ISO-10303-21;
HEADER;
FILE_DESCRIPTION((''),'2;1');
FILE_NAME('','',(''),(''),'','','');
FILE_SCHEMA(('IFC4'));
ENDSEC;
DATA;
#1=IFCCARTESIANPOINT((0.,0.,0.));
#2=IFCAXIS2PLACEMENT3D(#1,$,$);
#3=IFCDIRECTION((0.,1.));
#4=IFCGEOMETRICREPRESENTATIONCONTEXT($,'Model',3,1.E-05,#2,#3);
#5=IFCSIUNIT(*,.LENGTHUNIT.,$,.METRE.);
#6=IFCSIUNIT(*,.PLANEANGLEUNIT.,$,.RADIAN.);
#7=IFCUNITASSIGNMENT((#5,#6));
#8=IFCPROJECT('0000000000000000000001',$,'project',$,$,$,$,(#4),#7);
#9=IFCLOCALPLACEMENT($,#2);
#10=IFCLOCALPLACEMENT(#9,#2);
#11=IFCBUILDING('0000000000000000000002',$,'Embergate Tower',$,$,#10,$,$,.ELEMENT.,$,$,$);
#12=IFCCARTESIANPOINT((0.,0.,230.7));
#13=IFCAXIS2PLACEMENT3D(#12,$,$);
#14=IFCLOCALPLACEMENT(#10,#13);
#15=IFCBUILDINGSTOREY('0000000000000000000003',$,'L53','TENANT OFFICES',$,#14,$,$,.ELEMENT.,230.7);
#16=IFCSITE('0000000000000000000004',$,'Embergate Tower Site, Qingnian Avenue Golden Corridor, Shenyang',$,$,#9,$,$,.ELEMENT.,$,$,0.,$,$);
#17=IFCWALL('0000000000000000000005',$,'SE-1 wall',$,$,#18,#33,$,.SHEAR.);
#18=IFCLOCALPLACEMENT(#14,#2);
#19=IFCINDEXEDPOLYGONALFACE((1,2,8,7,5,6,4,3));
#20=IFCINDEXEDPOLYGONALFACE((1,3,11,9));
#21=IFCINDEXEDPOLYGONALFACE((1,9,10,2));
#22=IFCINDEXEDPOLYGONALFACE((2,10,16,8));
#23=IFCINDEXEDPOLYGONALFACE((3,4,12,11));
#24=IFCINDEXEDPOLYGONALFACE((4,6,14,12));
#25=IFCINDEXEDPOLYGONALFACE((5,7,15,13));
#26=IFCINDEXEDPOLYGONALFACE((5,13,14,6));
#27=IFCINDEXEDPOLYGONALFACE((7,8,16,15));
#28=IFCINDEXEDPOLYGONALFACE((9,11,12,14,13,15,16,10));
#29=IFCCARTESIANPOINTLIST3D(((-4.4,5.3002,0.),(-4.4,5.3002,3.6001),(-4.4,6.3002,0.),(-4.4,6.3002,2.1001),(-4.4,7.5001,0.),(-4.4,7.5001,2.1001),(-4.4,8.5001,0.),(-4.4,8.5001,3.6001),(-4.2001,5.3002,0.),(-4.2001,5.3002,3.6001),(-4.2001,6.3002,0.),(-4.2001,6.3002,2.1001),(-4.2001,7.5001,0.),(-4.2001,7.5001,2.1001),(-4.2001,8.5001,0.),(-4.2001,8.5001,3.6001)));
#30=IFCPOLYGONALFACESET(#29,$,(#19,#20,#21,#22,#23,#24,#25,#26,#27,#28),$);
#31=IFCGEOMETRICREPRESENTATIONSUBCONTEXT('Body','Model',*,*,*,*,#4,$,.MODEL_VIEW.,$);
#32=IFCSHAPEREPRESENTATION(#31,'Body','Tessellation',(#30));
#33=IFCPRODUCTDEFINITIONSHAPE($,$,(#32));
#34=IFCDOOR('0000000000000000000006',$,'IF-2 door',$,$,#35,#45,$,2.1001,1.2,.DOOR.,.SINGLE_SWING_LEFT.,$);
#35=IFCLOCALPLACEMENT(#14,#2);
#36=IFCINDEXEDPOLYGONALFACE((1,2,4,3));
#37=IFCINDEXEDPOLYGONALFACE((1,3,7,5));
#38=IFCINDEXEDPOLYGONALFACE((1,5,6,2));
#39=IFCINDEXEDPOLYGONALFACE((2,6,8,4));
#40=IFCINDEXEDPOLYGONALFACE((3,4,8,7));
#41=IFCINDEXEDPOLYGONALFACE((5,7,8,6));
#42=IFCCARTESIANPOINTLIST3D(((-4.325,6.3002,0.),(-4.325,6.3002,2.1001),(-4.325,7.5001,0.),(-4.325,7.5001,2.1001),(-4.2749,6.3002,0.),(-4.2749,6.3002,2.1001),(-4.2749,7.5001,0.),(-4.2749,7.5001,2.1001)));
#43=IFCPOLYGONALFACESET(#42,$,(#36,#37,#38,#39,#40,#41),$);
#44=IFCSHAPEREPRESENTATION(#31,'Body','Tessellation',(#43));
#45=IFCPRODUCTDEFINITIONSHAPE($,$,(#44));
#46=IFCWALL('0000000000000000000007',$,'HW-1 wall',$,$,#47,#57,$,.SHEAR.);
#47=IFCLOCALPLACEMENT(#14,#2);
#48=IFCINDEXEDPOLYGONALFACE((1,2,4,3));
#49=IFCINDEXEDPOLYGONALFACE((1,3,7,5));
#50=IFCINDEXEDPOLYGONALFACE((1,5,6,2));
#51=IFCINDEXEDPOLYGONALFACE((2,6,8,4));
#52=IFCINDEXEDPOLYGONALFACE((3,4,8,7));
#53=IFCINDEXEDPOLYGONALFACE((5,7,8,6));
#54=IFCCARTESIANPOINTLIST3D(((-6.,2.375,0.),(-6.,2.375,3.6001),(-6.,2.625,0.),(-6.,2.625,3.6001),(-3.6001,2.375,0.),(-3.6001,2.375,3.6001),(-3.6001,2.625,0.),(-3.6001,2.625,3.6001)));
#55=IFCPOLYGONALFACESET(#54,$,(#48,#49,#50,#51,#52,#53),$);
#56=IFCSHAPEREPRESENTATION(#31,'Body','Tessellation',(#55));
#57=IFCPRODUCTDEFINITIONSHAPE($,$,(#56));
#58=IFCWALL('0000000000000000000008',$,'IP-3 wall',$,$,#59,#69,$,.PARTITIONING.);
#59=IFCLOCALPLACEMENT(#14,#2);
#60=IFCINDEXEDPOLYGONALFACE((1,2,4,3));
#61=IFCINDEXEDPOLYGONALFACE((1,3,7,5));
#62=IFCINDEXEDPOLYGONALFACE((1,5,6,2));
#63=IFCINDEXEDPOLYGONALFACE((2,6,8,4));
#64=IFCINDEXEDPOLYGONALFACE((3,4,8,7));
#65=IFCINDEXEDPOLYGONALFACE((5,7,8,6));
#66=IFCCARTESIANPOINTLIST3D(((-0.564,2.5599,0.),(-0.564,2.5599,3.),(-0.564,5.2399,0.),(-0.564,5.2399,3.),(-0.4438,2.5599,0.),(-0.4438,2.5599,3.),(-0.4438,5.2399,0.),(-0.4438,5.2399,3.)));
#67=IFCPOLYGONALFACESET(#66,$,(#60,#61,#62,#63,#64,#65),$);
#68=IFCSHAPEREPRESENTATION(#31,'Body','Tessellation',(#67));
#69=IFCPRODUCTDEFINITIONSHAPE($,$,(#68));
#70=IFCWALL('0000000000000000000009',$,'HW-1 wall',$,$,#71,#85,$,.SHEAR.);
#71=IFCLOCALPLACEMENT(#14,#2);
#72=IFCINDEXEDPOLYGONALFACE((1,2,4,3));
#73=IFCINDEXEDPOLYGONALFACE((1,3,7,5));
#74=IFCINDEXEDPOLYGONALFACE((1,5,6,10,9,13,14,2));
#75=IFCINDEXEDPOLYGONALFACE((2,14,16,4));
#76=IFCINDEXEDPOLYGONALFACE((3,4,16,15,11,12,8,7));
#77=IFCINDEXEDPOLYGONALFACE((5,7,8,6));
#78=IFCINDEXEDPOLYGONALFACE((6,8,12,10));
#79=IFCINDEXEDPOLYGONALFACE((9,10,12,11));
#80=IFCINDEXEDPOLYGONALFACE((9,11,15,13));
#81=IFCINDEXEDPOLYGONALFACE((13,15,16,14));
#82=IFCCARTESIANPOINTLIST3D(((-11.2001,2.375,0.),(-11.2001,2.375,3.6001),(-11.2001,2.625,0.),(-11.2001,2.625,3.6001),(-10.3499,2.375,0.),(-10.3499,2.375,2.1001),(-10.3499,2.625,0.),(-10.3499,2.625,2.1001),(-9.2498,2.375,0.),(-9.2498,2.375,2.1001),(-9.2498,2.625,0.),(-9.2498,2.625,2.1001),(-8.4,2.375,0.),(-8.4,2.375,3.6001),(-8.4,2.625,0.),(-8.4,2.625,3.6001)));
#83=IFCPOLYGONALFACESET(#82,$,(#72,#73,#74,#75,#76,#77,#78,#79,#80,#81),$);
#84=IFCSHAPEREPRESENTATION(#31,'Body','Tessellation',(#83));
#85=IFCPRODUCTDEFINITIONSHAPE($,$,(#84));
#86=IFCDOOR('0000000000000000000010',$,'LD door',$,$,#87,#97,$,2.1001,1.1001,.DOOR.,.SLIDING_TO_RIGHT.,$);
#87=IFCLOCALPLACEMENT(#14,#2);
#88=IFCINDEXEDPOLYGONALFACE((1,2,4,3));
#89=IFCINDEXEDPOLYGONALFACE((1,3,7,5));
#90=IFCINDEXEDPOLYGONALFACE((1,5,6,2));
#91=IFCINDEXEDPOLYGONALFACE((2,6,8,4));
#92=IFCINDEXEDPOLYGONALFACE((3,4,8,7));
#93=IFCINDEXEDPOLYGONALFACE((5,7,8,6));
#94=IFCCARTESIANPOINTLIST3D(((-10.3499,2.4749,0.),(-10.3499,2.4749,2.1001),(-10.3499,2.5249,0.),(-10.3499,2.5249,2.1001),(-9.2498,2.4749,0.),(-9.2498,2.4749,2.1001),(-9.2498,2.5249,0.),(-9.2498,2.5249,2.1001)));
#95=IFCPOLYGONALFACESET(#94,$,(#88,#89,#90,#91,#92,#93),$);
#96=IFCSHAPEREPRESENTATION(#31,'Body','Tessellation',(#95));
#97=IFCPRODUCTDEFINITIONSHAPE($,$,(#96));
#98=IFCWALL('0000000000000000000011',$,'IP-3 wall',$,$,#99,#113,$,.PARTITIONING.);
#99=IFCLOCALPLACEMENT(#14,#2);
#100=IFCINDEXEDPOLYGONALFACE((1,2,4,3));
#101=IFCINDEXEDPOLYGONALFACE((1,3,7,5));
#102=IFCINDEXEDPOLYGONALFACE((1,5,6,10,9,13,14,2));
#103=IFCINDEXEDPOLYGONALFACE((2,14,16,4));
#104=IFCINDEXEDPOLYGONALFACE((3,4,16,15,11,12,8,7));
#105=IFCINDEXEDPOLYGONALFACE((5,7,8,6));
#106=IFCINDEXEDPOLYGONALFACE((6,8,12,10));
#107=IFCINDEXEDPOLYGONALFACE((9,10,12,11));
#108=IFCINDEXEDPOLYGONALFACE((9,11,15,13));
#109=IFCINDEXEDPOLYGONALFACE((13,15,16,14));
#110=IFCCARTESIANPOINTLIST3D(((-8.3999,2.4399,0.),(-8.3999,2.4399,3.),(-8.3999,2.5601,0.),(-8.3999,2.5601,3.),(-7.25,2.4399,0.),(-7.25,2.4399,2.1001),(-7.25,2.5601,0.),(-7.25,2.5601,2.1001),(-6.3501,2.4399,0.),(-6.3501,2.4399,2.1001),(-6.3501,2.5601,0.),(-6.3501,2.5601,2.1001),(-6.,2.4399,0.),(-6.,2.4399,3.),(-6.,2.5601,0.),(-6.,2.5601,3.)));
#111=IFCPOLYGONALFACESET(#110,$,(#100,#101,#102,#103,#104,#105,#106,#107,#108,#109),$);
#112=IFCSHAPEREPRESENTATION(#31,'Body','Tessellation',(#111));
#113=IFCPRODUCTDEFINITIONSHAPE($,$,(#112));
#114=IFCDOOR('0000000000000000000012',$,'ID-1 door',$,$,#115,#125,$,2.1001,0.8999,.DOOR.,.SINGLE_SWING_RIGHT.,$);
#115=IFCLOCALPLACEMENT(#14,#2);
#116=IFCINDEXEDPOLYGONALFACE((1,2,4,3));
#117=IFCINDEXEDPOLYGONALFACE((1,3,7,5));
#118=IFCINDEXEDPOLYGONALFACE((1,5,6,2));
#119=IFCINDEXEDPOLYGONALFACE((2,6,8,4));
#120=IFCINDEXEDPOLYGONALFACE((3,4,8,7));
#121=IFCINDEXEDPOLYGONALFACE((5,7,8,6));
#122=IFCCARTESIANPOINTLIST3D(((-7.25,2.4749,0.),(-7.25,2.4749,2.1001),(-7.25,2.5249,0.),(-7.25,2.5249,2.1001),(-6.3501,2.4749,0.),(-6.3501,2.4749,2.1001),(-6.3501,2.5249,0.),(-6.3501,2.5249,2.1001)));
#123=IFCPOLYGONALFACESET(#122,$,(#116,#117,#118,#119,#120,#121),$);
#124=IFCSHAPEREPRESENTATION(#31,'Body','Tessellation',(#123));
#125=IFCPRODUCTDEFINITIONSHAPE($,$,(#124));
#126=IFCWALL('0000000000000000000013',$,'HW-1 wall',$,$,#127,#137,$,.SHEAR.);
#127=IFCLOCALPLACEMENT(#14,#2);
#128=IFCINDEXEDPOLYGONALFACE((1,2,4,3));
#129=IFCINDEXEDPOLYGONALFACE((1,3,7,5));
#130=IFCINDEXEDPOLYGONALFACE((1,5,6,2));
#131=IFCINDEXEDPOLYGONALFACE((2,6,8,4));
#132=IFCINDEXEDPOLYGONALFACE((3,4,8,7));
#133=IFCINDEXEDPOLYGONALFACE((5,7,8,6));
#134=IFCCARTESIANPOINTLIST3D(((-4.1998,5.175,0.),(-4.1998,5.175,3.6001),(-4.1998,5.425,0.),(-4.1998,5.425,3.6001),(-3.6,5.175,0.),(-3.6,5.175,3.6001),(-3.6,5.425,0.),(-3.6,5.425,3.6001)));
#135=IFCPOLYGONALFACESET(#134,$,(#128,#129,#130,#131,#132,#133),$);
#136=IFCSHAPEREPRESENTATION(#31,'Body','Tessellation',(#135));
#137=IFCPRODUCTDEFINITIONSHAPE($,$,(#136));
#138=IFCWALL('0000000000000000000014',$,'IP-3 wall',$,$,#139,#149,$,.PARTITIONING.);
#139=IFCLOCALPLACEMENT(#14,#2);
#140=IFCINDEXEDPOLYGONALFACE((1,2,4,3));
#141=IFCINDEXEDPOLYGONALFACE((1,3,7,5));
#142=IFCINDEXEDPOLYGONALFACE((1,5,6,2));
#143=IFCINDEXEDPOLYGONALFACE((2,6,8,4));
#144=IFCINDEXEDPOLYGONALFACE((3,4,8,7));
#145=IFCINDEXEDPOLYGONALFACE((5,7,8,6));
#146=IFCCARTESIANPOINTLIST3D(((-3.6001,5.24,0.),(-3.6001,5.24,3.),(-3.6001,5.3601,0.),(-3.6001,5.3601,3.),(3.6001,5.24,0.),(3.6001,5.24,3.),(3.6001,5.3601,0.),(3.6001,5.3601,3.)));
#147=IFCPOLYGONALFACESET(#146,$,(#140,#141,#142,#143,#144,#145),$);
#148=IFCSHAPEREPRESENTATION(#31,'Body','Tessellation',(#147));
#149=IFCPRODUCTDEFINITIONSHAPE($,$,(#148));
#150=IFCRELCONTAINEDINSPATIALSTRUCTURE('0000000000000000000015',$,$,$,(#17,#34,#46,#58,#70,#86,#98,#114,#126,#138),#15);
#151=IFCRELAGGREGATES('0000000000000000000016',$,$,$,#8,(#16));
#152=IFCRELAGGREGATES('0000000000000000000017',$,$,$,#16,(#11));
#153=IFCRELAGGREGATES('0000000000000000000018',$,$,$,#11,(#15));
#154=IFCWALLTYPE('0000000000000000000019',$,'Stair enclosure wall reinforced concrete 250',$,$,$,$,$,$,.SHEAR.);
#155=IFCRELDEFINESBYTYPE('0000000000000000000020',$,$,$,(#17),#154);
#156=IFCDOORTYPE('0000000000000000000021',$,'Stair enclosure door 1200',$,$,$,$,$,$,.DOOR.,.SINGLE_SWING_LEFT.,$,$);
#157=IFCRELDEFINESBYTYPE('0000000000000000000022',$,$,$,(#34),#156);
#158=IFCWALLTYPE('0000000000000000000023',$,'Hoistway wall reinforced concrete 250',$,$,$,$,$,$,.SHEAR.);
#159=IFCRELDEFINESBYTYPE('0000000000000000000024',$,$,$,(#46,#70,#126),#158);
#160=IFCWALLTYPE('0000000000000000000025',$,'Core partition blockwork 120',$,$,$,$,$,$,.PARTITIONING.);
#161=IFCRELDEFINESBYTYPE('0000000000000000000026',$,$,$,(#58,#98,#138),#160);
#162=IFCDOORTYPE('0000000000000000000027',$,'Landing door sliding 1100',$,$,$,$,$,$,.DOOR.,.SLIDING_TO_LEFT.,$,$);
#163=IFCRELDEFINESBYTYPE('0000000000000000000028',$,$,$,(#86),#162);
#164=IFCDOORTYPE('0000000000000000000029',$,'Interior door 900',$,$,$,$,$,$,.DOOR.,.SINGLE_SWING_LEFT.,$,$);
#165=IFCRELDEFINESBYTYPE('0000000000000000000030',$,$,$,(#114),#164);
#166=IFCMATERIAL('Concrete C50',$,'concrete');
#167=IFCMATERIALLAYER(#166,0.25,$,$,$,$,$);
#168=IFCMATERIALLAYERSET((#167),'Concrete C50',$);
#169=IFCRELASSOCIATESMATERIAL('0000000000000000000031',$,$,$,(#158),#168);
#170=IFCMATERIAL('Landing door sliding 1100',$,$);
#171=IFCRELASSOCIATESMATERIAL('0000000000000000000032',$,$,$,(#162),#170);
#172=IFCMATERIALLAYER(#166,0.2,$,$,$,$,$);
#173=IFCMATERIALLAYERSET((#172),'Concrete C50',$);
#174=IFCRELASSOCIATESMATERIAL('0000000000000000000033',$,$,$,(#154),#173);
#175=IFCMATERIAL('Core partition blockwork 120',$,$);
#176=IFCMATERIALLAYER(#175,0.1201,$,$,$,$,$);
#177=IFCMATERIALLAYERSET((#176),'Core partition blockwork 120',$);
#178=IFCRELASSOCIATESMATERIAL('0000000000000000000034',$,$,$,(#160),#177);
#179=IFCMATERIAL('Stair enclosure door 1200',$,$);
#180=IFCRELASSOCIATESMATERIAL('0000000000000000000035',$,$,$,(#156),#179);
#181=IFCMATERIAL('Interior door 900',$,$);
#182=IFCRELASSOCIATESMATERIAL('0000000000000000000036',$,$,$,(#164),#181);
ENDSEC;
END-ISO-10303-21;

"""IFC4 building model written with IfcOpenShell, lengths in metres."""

from ifc_helpers import new_model, si_unit, direction, frame, frame_2d, origin, place, context, subcontext, project, spatial, rectangle, extrude, source, transform, mapped, material, layer, layer_set, type_object, element, fill, save


model = new_model("IFC4")

# Units and contexts
model_context = context("Model", 3, precision=1e-05, world=origin(), true_north=direction((0.0, 1.0)))
body_context = subcontext(model_context, "Body", "Model", "MODEL_VIEW")
ifc_project = project(units=[si_unit("LENGTHUNIT", "METRE"), si_unit("PLANEANGLEUNIT", "RADIAN")], contexts=[model_context])

# Site, building, storey
site_placement = place(None, origin())
site = spatial("IfcSite", under=ifc_project, at=site_placement, Name="Embergate Tower Site, Qingnian Avenue Golden Corridor, Shenyang", CompositionType="ELEMENT", RefElevation=0.0)
building_placement = place(site_placement, origin())
building = spatial("IfcBuilding", under=site, at=building_placement, Name="Embergate Tower", CompositionType="ELEMENT")
storey_placement = place(building_placement, frame((0.0, 0.0, 230.7)))
storey = spatial("IfcBuildingStorey", under=building, at=storey_placement, Name="L53", Description="TENANT OFFICES", CompositionType="ELEMENT", Elevation=230.7)

# Shared definitions
ifc_material_1 = material(Name="Concrete C50", Category="concrete")
ifc_layer_1 = layer(ifc_material_1, 0.25)
ifc_layer_set_1 = layer_set([ifc_layer_1], Name="Concrete C50")
wall_type_1 = type_object("IfcWallType", Name="Hoistway wall reinforced concrete 250", PredefinedType="SHEAR", material=ifc_layer_set_1)

# Shared definitions
shared_shape_1 = source(origin(), body_context, "Body", "SweptSolid", [
    extrude(rectangle(XDim=1.1001, YDim=2.1001, at=frame_2d((0.55, 1.05))), frame((0.0, 0.135, 0.0), z_axis=(0.0, -1.0, 0.0), x_axis=(1.0, 0.0, 0.0)), (0.0, 0.0, 1.0), 0.27),
])
ifc_material_2 = material(Name="Landing door sliding 1100")
door_type_1 = type_object("IfcDoorType", Name="Landing door sliding 1100", OperationType="SLIDING_TO_LEFT", PredefinedType="DOOR", material=ifc_material_2)
shared_shape_2 = source(origin(), body_context, "Body", "SweptSolid", [
    extrude(rectangle(XDim=1.1001, YDim=2.1001, at=frame_2d((0.55, 1.05))), frame((0.0, 0.0249, 0.0), z_axis=(0.0, -1.0, 0.0), x_axis=(1.0, 0.0, 0.0)), (0.0, 0.0, 1.0), 0.05),
])

# Shared definitions
ifc_layer_2 = layer(ifc_material_1, 0.2)
ifc_layer_set_2 = layer_set([ifc_layer_2], Name="Concrete C50")
wall_type_2 = type_object("IfcWallType", Name="Stair enclosure wall reinforced concrete 250", PredefinedType="SHEAR", material=ifc_layer_set_2)

# Wall, opening, door
ifc_material_3 = material(Name="Core partition blockwork 120")
ifc_layer_3 = layer(ifc_material_3, 0.1201)
ifc_layer_set_3 = layer_set([ifc_layer_3], Name="Core partition blockwork 120")
wall_type_3 = type_object("IfcWallType", Name="Core partition blockwork 120", PredefinedType="PARTITIONING", material=ifc_layer_set_3)
shared_shape_3 = source(origin(), body_context, "Body", "SweptSolid", [
    extrude(rectangle(XDim=3.2, YDim=0.2, at=frame_2d((1.6001, 0.0))), origin(), (0.0, 0.0, 1.0), 3.6001),
])
wall_1_placement = place(storey_placement, frame((-4.3, 5.3, 0.0), z_axis=(0.0, 0.0, 1.0), x_axis=(0.0, 1.0, 0.0)))
wall_1 = element("IfcWall", 1, at=wall_1_placement, inside=storey, type_object=wall_type_2, Name="SE-1 wall", PredefinedType="SHEAR", context=body_context, shape_type="MappedRepresentation", body=[
    mapped(shared_shape_3, transform((0.0, 0.0, 0.0))),
])
shared_shape_4 = source(origin(), body_context, "Body", "SweptSolid", [
    extrude(rectangle(XDim=1.2, YDim=2.1001, at=frame_2d((0.6001, 1.05))), frame((0.0, 0.1099, 0.0), z_axis=(0.0, -1.0, 0.0), x_axis=(1.0, 0.0, 0.0)), (0.0, 0.0, 1.0), 0.22),
])
opening_1_placement = place(wall_1_placement, frame((1.0, 0.0, 0.0)))
opening_1 = element("IfcOpeningElement", 2, at=opening_1_placement, cuts=wall_1, PredefinedType="OPENING", context=body_context, shape_type="MappedRepresentation", body=[
    mapped(shared_shape_4, transform((0.0, 0.0, 0.0))),
])
ifc_material_4 = material(Name="Stair enclosure door 1200")
door_type_2 = type_object("IfcDoorType", Name="Stair enclosure door 1200", OperationType="SINGLE_SWING_LEFT", PredefinedType="DOOR", material=ifc_material_4)
shared_shape_5 = source(origin(), body_context, "Body", "SweptSolid", [
    extrude(rectangle(XDim=1.2, YDim=2.1001, at=frame_2d((0.6001, 1.05))), frame((0.0, 0.0249, 0.0), z_axis=(0.0, -1.0, 0.0), x_axis=(1.0, 0.0, 0.0)), (0.0, 0.0, 1.0), 0.05),
])
door_1_placement = place(opening_1_placement, origin())
door_1 = element("IfcDoor", 3, at=door_1_placement, inside=storey, type_object=door_type_2, Name="IF-2 door", OperationType="SINGLE_SWING_LEFT", OverallHeight=2.1001, OverallWidth=1.2, PredefinedType="DOOR", context=body_context, shape_type="MappedRepresentation", body=[
    mapped(shared_shape_5, transform((0.0, 0.0, 0.0))),
])
fill(opening_1, door_1)

# Walls
shared_shape_6 = source(origin(), body_context, "Body", "SweptSolid", [
    extrude(rectangle(XDim=2.3999, YDim=0.25, at=frame_2d((1.2, 0.0))), origin(), (0.0, 0.0, 1.0), 3.6001),
])
wall_2_placement = place(storey_placement, frame((-6.0, 2.5, 0.0), z_axis=(0.0, 0.0, 1.0), x_axis=(1.0, 0.0, 0.0)))
element("IfcWall", 4, at=wall_2_placement, inside=storey, type_object=wall_type_1, Name="HW-1 wall", PredefinedType="SHEAR", context=body_context, shape_type="MappedRepresentation", body=[
    mapped(shared_shape_6, transform((0.0, 0.0, 0.0))),
])
shared_shape_7 = source(origin(), body_context, "Body", "SweptSolid", [
    extrude(rectangle(XDim=2.6799, YDim=0.1201, at=frame_2d((1.3398, 0.0))), origin(), (0.0, 0.0, 1.0), 3.0),
])
wall_3_placement = place(storey_placement, frame((-0.5039, 2.5601, 0.0), z_axis=(0.0, 0.0, 1.0), x_axis=(0.0, 1.0, 0.0)))
element("IfcWall", 5, at=wall_3_placement, inside=storey, type_object=wall_type_3, Name="IP-3 wall", PredefinedType="PARTITIONING", context=body_context, shape_type="MappedRepresentation", body=[
    mapped(shared_shape_7, transform((0.0, 0.0, 0.0))),
])

# Walls, openings, doors
shared_shape_8 = source(origin(), body_context, "Body", "SweptSolid", [
    extrude(rectangle(XDim=2.8, YDim=0.25, at=frame_2d((1.3999, 0.0))), origin(), (0.0, 0.0, 1.0), 3.6001),
])
wall_4_placement = place(storey_placement, frame((-11.2, 2.5, 0.0), z_axis=(0.0, 0.0, 1.0), x_axis=(1.0, 0.0, 0.0)))
wall_4 = element("IfcWall", 6, at=wall_4_placement, inside=storey, type_object=wall_type_1, Name="HW-1 wall", PredefinedType="SHEAR", context=body_context, shape_type="MappedRepresentation", body=[
    mapped(shared_shape_8, transform((0.0, 0.0, 0.0))),
])
opening_2_placement = place(wall_4_placement, frame((0.8501, 0.0, 0.0)))
opening_2 = element("IfcOpeningElement", 7, at=opening_2_placement, cuts=wall_4, PredefinedType="OPENING", context=body_context, shape_type="MappedRepresentation", body=[
    mapped(shared_shape_1, transform((0.0, 0.0, 0.0))),
])
door_2_placement = place(opening_2_placement, origin())
door_2 = element("IfcDoor", 8, at=door_2_placement, inside=storey, type_object=door_type_1, Name="LD door", OperationType="SLIDING_TO_RIGHT", OverallHeight=2.1001, OverallWidth=1.1001, PredefinedType="DOOR", context=body_context, shape_type="MappedRepresentation", body=[
    mapped(shared_shape_2, transform((0.0, 0.0, 0.0))),
])
fill(opening_2, door_2)
shared_shape_9 = source(origin(), body_context, "Body", "SweptSolid", [
    extrude(rectangle(XDim=2.3999, YDim=0.1201, at=frame_2d((1.2, 0.0))), origin(), (0.0, 0.0, 1.0), 3.0),
])
wall_5_placement = place(storey_placement, frame((-8.3999, 2.5, 0.0), z_axis=(0.0, 0.0, 1.0), x_axis=(1.0, 0.0, 0.0)))
wall_5 = element("IfcWall", 9, at=wall_5_placement, inside=storey, type_object=wall_type_3, Name="IP-3 wall", PredefinedType="PARTITIONING", context=body_context, shape_type="MappedRepresentation", body=[
    mapped(shared_shape_9, transform((0.0, 0.0, 0.0))),
])
shared_shape_10 = source(origin(), body_context, "Body", "SweptSolid", [
    extrude(rectangle(XDim=0.8999, YDim=2.1001, at=frame_2d((0.45, 1.05))), frame((0.0, 0.0701, 0.0), z_axis=(0.0, -1.0, 0.0), x_axis=(1.0, 0.0, 0.0)), (0.0, 0.0, 1.0), 0.1401),
])
opening_3_placement = place(wall_5_placement, frame((1.1499, 0.0, 0.0)))
opening_3 = element("IfcOpeningElement", 10, at=opening_3_placement, cuts=wall_5, PredefinedType="OPENING", context=body_context, shape_type="MappedRepresentation", body=[
    mapped(shared_shape_10, transform((0.0, 0.0, 0.0))),
])
ifc_material_5 = material(Name="Interior door 900")
door_type_3 = type_object("IfcDoorType", Name="Interior door 900", OperationType="SINGLE_SWING_LEFT", PredefinedType="DOOR", material=ifc_material_5)
shared_shape_11 = source(origin(), body_context, "Body", "SweptSolid", [
    extrude(rectangle(XDim=0.8999, YDim=2.1001, at=frame_2d((0.45, 1.05))), frame((0.0, 0.0249, 0.0), z_axis=(0.0, -1.0, 0.0), x_axis=(1.0, 0.0, 0.0)), (0.0, 0.0, 1.0), 0.05),
])
door_3_placement = place(opening_3_placement, origin())
door_3 = element("IfcDoor", 11, at=door_3_placement, inside=storey, type_object=door_type_3, Name="ID-1 door", OperationType="SINGLE_SWING_RIGHT", OverallHeight=2.1001, OverallWidth=0.8999, PredefinedType="DOOR", context=body_context, shape_type="MappedRepresentation", body=[
    mapped(shared_shape_11, transform((0.0, 0.0, 0.0))),
])
fill(opening_3, door_3)

# Walls
shared_shape_12 = source(origin(), body_context, "Body", "SweptSolid", [
    extrude(rectangle(XDim=0.5999, YDim=0.25, at=frame_2d((0.2998, 0.0))), origin(), (0.0, 0.0, 1.0), 3.6001),
])
wall_6_placement = place(storey_placement, frame((-3.6001, 5.3, 0.0), z_axis=(0.0, 0.0, 1.0), x_axis=(-1.0, 0.0, 0.0)))
element("IfcWall", 12, at=wall_6_placement, inside=storey, type_object=wall_type_1, Name="HW-1 wall", PredefinedType="SHEAR", context=body_context, shape_type="MappedRepresentation", body=[
    mapped(shared_shape_12, transform((0.0, 0.0, 0.0))),
])
shared_shape_13 = source(origin(), body_context, "Body", "SweptSolid", [
    extrude(rectangle(XDim=7.2002, YDim=0.1201, at=frame_2d((3.6001, 0.0))), origin(), (0.0, 0.0, 1.0), 3.0),
])
wall_7_placement = place(storey_placement, frame((-3.6001, 5.3, 0.0), z_axis=(0.0, 0.0, 1.0), x_axis=(1.0, 0.0, 0.0)))
element("IfcWall", 13, at=wall_7_placement, inside=storey, type_object=wall_type_3, Name="IP-3 wall", PredefinedType="PARTITIONING", context=body_context, shape_type="MappedRepresentation", body=[
    mapped(shared_shape_13, transform((0.0, 0.0, 0.0))),
])

save(model, "model.ifc")
